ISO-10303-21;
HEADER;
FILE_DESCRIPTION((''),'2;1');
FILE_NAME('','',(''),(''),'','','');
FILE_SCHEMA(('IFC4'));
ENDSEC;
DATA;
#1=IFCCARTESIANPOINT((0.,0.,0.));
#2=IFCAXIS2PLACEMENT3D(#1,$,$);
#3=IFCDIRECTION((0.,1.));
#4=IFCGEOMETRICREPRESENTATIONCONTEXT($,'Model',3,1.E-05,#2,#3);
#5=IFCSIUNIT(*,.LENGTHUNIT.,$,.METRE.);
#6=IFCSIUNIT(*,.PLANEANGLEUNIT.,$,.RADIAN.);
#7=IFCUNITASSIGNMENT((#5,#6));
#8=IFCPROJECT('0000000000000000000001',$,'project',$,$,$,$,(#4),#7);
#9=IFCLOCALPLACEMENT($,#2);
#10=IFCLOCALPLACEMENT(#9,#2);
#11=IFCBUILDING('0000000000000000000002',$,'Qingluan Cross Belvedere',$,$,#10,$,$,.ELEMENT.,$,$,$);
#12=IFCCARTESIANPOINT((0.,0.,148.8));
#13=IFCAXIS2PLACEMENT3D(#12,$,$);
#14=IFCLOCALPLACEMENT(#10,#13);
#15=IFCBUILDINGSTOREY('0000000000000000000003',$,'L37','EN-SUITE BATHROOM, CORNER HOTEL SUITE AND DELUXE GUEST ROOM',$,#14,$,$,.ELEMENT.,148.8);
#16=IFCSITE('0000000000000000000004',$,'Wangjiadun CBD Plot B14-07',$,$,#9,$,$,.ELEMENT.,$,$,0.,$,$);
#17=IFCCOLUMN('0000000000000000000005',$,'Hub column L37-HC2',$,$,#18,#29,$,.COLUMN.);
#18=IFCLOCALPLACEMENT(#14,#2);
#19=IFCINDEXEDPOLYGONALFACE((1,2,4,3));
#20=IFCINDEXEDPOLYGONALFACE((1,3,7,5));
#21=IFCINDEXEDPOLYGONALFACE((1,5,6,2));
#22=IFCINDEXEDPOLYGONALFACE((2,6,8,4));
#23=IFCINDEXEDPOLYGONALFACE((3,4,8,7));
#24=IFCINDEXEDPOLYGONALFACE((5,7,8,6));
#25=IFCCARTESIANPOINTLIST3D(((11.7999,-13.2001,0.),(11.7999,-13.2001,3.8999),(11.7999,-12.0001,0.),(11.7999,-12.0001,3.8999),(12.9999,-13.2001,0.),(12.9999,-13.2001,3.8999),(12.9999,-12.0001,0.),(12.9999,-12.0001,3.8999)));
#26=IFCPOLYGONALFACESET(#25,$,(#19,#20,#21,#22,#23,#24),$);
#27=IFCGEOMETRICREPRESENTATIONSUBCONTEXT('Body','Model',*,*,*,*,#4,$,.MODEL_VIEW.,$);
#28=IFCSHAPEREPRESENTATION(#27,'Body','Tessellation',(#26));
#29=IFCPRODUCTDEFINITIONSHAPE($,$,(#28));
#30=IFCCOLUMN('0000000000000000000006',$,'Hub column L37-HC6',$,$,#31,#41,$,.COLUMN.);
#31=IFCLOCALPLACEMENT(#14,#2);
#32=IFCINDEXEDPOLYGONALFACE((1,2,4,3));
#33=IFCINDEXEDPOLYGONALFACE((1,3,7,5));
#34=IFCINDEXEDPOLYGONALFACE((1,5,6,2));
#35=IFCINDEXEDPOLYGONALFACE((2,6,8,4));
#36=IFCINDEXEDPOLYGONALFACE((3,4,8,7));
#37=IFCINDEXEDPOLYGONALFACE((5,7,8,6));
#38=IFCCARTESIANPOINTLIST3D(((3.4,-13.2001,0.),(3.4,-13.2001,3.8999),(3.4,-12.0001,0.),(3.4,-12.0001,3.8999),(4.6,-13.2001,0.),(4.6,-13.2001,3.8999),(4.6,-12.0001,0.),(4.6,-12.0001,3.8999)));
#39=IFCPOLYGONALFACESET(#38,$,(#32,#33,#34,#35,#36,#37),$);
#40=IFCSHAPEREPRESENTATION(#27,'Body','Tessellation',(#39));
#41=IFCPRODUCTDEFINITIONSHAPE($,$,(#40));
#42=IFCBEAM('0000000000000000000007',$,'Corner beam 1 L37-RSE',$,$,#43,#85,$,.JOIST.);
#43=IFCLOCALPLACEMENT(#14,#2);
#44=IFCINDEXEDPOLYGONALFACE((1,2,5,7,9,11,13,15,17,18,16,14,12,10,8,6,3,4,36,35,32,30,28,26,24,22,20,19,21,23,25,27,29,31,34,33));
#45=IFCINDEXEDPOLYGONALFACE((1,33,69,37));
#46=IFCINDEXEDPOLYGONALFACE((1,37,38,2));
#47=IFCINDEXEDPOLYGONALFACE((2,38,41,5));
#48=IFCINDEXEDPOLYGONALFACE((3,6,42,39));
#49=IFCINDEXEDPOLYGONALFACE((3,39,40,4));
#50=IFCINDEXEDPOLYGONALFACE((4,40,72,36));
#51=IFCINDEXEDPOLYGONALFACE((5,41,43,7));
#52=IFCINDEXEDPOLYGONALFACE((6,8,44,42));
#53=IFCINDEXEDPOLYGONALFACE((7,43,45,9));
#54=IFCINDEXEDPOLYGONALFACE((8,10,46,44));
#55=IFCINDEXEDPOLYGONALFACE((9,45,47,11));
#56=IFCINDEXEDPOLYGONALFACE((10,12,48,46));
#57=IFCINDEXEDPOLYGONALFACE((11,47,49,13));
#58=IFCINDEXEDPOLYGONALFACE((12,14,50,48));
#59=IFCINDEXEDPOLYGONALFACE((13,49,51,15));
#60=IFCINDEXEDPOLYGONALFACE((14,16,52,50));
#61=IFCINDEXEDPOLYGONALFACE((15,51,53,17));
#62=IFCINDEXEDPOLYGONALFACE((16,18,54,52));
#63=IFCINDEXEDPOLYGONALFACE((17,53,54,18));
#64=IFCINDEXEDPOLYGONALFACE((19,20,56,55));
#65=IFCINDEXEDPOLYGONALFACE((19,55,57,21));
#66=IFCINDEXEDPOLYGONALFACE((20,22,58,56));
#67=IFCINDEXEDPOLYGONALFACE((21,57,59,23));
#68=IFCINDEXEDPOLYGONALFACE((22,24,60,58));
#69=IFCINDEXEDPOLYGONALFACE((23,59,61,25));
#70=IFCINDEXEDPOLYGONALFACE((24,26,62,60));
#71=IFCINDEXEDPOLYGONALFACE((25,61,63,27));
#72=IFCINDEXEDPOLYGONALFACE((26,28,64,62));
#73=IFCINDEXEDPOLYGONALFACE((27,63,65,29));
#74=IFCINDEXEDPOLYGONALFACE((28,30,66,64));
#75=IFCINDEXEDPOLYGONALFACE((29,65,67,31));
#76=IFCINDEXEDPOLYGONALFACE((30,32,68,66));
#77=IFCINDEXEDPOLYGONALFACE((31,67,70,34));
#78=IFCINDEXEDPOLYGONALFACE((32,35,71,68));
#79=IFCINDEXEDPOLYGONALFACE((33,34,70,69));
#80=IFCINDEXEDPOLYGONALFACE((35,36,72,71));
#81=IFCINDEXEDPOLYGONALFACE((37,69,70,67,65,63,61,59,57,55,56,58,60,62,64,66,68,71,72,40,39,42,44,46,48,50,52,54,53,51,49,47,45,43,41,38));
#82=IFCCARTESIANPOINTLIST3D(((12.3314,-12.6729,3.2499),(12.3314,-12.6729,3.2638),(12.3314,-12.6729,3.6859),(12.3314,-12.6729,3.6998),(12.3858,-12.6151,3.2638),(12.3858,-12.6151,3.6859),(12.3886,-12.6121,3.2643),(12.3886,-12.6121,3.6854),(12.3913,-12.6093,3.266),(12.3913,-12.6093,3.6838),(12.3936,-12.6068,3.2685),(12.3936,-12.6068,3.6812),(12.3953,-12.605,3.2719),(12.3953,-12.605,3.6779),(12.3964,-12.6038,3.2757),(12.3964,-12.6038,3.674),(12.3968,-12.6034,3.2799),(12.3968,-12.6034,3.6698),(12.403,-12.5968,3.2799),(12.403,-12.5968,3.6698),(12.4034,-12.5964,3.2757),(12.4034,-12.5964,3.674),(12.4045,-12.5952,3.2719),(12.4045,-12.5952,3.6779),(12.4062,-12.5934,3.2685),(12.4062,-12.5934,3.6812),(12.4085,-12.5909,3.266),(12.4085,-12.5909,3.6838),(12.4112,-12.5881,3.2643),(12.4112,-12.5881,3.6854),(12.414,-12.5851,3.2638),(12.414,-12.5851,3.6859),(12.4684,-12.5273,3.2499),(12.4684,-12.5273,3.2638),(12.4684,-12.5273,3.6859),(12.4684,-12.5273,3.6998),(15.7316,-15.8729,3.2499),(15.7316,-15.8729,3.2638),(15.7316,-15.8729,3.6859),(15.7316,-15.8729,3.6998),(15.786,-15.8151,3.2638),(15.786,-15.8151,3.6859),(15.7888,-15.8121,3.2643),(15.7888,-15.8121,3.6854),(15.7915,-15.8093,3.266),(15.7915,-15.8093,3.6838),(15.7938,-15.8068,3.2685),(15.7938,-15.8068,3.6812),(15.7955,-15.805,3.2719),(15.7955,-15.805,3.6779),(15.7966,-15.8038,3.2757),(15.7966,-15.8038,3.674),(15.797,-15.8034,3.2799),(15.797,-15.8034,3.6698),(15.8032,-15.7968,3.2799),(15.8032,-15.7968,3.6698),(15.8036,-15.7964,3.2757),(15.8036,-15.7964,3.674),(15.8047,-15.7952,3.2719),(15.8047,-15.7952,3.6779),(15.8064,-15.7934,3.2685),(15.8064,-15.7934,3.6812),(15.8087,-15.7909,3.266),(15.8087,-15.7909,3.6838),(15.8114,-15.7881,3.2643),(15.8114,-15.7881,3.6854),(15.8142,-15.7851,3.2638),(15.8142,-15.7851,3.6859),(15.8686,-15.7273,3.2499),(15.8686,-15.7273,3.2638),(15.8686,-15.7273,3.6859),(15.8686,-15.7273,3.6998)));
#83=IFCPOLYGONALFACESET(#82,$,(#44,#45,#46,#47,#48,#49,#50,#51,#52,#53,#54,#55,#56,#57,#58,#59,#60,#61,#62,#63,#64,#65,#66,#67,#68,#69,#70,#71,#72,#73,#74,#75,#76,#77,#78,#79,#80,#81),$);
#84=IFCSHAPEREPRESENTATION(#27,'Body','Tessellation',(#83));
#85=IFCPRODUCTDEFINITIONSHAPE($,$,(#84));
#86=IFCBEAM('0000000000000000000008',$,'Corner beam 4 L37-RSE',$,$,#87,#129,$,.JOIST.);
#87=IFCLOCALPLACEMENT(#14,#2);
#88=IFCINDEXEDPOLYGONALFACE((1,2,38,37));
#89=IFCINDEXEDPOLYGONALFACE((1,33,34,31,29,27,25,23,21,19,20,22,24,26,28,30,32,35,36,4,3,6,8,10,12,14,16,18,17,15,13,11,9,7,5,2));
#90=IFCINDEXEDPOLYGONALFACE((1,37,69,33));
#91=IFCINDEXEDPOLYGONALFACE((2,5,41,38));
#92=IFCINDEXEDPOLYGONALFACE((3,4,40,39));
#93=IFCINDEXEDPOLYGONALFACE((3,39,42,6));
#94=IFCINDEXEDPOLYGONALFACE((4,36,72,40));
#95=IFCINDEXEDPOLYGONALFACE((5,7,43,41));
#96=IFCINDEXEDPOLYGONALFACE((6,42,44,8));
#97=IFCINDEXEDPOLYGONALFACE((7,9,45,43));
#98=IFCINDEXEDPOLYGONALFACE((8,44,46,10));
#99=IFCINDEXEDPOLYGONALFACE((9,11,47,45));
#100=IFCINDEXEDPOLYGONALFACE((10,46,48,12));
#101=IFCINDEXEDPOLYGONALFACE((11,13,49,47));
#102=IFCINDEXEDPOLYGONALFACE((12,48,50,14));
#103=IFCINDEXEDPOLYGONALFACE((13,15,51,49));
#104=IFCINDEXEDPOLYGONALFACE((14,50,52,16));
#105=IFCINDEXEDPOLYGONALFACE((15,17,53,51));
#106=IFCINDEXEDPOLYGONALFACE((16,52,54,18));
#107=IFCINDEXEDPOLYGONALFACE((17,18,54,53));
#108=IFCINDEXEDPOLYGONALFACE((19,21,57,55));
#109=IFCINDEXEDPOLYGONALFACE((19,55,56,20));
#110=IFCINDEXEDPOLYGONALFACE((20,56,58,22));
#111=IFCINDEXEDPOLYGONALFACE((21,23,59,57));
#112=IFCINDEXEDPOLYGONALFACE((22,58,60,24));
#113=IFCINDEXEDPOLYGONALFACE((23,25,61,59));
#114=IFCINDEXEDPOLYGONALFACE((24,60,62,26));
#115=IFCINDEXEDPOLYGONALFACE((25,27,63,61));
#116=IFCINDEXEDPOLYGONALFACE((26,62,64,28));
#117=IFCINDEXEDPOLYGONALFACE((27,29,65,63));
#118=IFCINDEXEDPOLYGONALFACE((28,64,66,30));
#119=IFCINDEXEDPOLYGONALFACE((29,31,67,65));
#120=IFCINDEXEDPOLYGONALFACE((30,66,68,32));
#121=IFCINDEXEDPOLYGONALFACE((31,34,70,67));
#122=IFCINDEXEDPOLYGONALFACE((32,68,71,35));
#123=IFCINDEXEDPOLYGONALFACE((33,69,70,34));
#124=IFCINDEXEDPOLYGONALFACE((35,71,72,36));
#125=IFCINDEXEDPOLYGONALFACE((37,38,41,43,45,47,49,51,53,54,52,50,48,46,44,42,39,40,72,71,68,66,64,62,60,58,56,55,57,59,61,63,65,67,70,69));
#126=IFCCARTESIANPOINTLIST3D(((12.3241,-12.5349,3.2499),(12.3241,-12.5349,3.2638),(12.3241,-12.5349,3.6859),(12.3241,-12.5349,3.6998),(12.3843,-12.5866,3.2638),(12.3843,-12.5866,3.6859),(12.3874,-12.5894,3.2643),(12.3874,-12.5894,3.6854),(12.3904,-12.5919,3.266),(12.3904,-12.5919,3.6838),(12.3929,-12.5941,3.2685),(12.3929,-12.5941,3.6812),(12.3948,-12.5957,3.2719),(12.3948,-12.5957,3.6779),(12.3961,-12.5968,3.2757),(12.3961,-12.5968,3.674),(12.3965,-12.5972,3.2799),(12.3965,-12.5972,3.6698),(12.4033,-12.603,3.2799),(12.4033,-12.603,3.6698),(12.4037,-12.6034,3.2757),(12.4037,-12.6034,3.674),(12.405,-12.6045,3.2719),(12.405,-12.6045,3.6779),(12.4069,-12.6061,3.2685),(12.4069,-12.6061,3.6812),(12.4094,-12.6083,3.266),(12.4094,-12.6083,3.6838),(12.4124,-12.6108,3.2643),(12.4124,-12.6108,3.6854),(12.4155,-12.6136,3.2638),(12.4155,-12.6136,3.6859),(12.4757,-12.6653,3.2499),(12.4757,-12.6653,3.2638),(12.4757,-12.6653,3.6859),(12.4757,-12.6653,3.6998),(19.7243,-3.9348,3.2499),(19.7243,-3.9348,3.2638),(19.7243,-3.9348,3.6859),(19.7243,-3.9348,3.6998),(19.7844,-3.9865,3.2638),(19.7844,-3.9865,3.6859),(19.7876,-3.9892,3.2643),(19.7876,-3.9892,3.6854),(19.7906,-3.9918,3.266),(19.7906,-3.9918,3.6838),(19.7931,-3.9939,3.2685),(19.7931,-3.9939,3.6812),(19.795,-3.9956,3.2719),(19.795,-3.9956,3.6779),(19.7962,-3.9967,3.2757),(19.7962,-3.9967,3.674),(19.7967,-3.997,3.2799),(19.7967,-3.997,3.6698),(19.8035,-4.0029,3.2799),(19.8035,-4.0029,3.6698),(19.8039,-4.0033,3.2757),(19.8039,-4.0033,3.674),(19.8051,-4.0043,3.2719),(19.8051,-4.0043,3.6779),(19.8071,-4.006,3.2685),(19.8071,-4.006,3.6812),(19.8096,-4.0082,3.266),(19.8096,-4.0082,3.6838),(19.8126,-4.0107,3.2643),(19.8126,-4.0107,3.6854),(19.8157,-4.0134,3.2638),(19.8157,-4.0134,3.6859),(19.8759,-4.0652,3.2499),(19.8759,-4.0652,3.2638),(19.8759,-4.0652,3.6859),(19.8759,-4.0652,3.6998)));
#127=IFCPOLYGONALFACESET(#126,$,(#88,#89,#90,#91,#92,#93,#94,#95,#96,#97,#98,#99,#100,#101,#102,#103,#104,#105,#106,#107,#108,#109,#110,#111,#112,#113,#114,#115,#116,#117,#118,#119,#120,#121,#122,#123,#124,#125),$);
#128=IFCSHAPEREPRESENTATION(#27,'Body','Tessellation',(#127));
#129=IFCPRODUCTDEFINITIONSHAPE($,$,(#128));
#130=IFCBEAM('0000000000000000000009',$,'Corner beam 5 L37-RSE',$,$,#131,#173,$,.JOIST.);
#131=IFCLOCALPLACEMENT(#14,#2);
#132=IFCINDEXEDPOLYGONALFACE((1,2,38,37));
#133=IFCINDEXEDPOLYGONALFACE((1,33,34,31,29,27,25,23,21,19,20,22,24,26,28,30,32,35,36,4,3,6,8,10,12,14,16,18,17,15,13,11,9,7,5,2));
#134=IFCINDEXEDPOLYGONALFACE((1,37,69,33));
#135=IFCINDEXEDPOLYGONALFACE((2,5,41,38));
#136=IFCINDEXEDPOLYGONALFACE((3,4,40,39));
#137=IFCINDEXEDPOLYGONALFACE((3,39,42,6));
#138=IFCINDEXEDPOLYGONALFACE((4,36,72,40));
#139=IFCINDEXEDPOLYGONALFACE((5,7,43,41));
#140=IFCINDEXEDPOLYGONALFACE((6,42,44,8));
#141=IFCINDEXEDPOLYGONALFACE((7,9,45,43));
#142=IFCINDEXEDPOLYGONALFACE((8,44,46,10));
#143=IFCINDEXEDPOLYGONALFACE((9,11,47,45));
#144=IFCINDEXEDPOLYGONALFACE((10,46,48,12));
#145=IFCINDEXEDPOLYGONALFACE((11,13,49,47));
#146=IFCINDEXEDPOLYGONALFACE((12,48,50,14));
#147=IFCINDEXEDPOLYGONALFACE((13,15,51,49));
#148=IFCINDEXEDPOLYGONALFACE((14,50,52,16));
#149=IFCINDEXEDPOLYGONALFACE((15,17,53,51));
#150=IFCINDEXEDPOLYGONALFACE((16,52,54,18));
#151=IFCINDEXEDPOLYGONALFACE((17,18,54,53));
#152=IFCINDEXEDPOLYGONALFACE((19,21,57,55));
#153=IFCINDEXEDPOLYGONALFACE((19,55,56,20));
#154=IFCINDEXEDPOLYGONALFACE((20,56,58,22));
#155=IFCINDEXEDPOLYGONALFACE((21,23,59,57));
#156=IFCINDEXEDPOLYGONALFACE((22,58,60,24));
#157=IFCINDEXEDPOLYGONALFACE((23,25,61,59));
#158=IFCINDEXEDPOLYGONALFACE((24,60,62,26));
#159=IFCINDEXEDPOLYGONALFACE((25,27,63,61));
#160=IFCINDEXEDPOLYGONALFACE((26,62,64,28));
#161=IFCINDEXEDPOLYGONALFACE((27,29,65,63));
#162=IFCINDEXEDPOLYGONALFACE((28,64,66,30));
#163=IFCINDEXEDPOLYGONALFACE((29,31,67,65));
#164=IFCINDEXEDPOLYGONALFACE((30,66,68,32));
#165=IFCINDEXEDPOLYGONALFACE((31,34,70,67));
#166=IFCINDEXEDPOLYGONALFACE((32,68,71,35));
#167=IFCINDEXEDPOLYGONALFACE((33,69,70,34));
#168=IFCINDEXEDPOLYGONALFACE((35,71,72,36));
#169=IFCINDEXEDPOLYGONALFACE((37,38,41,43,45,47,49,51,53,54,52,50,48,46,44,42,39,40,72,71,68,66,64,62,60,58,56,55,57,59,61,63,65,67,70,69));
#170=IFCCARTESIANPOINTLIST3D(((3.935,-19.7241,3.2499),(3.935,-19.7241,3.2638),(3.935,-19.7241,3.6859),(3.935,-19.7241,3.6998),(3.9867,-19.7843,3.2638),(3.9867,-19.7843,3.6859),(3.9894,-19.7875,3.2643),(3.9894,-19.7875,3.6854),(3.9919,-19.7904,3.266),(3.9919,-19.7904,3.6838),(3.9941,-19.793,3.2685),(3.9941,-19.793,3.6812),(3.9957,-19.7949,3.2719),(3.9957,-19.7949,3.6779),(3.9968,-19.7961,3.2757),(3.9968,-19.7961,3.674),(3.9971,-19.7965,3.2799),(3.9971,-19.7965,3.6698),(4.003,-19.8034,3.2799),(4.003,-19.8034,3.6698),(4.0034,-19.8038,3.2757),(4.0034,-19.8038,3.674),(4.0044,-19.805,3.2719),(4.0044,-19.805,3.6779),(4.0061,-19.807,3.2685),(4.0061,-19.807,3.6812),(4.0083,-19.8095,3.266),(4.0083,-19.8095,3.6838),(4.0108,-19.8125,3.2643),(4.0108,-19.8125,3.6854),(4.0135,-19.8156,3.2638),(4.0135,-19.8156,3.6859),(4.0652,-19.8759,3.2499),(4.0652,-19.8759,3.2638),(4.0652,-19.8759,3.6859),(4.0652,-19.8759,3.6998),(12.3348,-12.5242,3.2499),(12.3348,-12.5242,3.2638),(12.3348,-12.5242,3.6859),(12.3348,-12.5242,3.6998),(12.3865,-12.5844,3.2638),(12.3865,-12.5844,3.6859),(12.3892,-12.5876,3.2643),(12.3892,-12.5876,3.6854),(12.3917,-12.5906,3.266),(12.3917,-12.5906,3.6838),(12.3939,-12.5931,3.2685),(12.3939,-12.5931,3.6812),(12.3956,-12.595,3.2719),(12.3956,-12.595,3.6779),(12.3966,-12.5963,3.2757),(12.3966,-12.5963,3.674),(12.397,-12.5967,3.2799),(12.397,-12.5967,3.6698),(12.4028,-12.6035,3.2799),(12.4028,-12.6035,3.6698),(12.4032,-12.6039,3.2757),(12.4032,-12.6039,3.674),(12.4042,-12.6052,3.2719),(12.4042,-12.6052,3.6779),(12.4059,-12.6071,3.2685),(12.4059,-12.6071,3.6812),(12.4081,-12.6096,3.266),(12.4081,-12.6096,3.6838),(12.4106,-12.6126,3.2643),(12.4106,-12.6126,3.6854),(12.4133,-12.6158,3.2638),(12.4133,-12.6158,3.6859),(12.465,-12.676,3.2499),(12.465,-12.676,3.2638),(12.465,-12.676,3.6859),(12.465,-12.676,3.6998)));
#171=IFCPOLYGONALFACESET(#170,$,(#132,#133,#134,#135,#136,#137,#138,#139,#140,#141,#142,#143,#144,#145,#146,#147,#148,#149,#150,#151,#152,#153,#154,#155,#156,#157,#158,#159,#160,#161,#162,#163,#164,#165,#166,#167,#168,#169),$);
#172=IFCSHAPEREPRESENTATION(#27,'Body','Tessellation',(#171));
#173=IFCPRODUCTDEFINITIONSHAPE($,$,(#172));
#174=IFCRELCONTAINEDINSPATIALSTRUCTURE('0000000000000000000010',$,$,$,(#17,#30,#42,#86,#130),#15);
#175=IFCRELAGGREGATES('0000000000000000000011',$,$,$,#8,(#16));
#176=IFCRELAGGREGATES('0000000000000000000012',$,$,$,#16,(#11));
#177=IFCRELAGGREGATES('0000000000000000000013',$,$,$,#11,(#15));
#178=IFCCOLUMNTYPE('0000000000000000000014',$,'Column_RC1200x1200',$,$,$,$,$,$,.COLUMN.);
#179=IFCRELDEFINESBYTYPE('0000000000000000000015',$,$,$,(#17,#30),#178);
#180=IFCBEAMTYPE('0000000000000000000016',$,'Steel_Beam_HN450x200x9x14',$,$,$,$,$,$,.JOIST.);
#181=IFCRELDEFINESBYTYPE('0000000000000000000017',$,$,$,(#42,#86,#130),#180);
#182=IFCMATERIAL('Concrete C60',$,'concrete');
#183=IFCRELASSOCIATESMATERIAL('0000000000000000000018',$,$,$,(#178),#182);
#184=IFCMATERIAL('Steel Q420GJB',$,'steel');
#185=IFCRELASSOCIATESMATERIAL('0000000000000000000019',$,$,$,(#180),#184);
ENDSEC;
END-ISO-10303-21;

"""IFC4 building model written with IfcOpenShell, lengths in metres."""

from ifc_helpers import new_model, si_unit, direction, frame, origin, origin_2d, place, context, subcontext, project, spatial, rectangle, i_section, extrude, material, material_profile, profile_set, type_object, element, save


model = new_model("IFC4")

# Units and contexts
model_context = context("Model", 3, precision=1e-05, world=origin(), true_north=direction((0.0, 1.0)))
body_context = subcontext(model_context, "Body", "Model", "MODEL_VIEW")
ifc_project = project(units=[si_unit("LENGTHUNIT", "METRE"), si_unit("PLANEANGLEUNIT", "RADIAN")], contexts=[model_context])

# Site, building, storey
site_placement = place(None, origin())
site = spatial("IfcSite", under=ifc_project, at=site_placement, Name="Wangjiadun CBD Plot B14-07", CompositionType="ELEMENT", RefElevation=0.0)
building_placement = place(site_placement, origin())
building = spatial("IfcBuilding", under=site, at=building_placement, Name="Qingluan Cross Belvedere", CompositionType="ELEMENT")
storey_placement = place(building_placement, frame((0.0, 0.0, 148.8)))
storey = spatial("IfcBuildingStorey", under=building, at=storey_placement, Name="L37", Description="EN-SUITE BATHROOM, CORNER HOTEL SUITE AND DELUXE GUEST ROOM", CompositionType="ELEMENT", Elevation=148.8)

# Columns
ifc_material_1 = material(Name="Concrete C60", Category="concrete")
ifc_material_profile_1 = material_profile(ifc_material_1, rectangle(XDim=1.2, YDim=1.2, at=origin_2d()), Name="RC1200x1200")
ifc_profile_set_1 = profile_set([ifc_material_profile_1], Name="Concrete C60")
column_type = type_object("IfcColumnType", Name="Column_RC1200x1200", PredefinedType="COLUMN", material=ifc_profile_set_1)
for number, where, z_axis, x_axis, name in (
    (1, (12.3999, -12.6001, 0.0), (0.0, 0.0, 1.0), (1.0, 0.0, 0.0), "Hub column L37-HC2"),
    (2, (4.0, -12.6001, 0.0), (0.0, 0.0, 1.0), (1.0, 0.0, 0.0), "Hub column L37-HC6"),
):
    element("IfcColumn", number, at=place(storey_placement, frame(where, z_axis=z_axis, x_axis=x_axis)), inside=storey, type_object=column_type, Name=name, PredefinedType="COLUMN", context=body_context, shape_type="SweptSolid", body=[
        extrude(rectangle(XDim=1.2, YDim=1.2, at=origin_2d()), origin(), (0.0, 0.0, 1.0), 3.8999),
    ])

# Beams
ifc_material_2 = material(Name="Steel Q420GJB", Category="steel")
ifc_material_profile_2 = material_profile(ifc_material_2, i_section(OverallWidth=0.2, OverallDepth=0.45, WebThickness=0.009, FlangeThickness=0.0139, FilletRadius=0.0161, at=origin_2d()), Name="HN450x200x9x14")
ifc_profile_set_2 = profile_set([ifc_material_profile_2], Name="Steel Q420GJB")
beam_type_1 = type_object("IfcBeamType", Name="Steel_Beam_HN450x200x9x14", PredefinedType="JOIST", material=ifc_profile_set_2)
beam_1_placement = place(storey_placement, frame((12.3999, -12.6001, 3.4749), z_axis=(0.72822, -0.685343, 0.0), x_axis=(0.685343, 0.72822, 0.0)))
element("IfcBeam", 3, at=beam_1_placement, inside=storey, type_object=beam_type_1, Name="Corner beam 1 L37-RSE", PredefinedType="JOIST", context=body_context, shape_type="SweptSolid", body=[
    extrude(i_section(OverallWidth=0.2, OverallDepth=0.45, WebThickness=0.009, FlangeThickness=0.0139, FilletRadius=0.0161, at=origin_2d()), origin(), (0.0, 0.0, 1.0), 4.6692),
])
beam_2_placement = place(storey_placement, frame((12.3999, -12.6001, 3.4749), z_axis=(0.652245, 0.758008, 0.0), x_axis=(-0.758008, 0.652245, 0.0)))
element("IfcBeam", 4, at=beam_2_placement, inside=storey, type_object=beam_type_1, Name="Corner beam 4 L37-RSE", PredefinedType="JOIST", context=body_context, shape_type="SweptSolid", body=[
    extrude(i_section(OverallWidth=0.2, OverallDepth=0.45, WebThickness=0.009, FlangeThickness=0.0139, FilletRadius=0.0161, at=origin_2d()), origin(), (0.0, 0.0, 1.0), 11.3457),
])
beam_3_placement = place(storey_placement, frame((12.3999, -12.6001, 3.4749), z_axis=(-0.759255, -0.650793, 0.0), x_axis=(0.650793, -0.759255, 0.0)))
element("IfcBeam", 5, at=beam_3_placement, inside=storey, type_object=beam_type_1, Name="Corner beam 5 L37-RSE", PredefinedType="JOIST", context=body_context, shape_type="SweptSolid", body=[
    extrude(i_section(OverallWidth=0.2, OverallDepth=0.45, WebThickness=0.009, FlangeThickness=0.0139, FilletRadius=0.0161, at=origin_2d()), origin(), (0.0, 0.0, 1.0), 11.0632),
])

save(model, "model.ifc")
